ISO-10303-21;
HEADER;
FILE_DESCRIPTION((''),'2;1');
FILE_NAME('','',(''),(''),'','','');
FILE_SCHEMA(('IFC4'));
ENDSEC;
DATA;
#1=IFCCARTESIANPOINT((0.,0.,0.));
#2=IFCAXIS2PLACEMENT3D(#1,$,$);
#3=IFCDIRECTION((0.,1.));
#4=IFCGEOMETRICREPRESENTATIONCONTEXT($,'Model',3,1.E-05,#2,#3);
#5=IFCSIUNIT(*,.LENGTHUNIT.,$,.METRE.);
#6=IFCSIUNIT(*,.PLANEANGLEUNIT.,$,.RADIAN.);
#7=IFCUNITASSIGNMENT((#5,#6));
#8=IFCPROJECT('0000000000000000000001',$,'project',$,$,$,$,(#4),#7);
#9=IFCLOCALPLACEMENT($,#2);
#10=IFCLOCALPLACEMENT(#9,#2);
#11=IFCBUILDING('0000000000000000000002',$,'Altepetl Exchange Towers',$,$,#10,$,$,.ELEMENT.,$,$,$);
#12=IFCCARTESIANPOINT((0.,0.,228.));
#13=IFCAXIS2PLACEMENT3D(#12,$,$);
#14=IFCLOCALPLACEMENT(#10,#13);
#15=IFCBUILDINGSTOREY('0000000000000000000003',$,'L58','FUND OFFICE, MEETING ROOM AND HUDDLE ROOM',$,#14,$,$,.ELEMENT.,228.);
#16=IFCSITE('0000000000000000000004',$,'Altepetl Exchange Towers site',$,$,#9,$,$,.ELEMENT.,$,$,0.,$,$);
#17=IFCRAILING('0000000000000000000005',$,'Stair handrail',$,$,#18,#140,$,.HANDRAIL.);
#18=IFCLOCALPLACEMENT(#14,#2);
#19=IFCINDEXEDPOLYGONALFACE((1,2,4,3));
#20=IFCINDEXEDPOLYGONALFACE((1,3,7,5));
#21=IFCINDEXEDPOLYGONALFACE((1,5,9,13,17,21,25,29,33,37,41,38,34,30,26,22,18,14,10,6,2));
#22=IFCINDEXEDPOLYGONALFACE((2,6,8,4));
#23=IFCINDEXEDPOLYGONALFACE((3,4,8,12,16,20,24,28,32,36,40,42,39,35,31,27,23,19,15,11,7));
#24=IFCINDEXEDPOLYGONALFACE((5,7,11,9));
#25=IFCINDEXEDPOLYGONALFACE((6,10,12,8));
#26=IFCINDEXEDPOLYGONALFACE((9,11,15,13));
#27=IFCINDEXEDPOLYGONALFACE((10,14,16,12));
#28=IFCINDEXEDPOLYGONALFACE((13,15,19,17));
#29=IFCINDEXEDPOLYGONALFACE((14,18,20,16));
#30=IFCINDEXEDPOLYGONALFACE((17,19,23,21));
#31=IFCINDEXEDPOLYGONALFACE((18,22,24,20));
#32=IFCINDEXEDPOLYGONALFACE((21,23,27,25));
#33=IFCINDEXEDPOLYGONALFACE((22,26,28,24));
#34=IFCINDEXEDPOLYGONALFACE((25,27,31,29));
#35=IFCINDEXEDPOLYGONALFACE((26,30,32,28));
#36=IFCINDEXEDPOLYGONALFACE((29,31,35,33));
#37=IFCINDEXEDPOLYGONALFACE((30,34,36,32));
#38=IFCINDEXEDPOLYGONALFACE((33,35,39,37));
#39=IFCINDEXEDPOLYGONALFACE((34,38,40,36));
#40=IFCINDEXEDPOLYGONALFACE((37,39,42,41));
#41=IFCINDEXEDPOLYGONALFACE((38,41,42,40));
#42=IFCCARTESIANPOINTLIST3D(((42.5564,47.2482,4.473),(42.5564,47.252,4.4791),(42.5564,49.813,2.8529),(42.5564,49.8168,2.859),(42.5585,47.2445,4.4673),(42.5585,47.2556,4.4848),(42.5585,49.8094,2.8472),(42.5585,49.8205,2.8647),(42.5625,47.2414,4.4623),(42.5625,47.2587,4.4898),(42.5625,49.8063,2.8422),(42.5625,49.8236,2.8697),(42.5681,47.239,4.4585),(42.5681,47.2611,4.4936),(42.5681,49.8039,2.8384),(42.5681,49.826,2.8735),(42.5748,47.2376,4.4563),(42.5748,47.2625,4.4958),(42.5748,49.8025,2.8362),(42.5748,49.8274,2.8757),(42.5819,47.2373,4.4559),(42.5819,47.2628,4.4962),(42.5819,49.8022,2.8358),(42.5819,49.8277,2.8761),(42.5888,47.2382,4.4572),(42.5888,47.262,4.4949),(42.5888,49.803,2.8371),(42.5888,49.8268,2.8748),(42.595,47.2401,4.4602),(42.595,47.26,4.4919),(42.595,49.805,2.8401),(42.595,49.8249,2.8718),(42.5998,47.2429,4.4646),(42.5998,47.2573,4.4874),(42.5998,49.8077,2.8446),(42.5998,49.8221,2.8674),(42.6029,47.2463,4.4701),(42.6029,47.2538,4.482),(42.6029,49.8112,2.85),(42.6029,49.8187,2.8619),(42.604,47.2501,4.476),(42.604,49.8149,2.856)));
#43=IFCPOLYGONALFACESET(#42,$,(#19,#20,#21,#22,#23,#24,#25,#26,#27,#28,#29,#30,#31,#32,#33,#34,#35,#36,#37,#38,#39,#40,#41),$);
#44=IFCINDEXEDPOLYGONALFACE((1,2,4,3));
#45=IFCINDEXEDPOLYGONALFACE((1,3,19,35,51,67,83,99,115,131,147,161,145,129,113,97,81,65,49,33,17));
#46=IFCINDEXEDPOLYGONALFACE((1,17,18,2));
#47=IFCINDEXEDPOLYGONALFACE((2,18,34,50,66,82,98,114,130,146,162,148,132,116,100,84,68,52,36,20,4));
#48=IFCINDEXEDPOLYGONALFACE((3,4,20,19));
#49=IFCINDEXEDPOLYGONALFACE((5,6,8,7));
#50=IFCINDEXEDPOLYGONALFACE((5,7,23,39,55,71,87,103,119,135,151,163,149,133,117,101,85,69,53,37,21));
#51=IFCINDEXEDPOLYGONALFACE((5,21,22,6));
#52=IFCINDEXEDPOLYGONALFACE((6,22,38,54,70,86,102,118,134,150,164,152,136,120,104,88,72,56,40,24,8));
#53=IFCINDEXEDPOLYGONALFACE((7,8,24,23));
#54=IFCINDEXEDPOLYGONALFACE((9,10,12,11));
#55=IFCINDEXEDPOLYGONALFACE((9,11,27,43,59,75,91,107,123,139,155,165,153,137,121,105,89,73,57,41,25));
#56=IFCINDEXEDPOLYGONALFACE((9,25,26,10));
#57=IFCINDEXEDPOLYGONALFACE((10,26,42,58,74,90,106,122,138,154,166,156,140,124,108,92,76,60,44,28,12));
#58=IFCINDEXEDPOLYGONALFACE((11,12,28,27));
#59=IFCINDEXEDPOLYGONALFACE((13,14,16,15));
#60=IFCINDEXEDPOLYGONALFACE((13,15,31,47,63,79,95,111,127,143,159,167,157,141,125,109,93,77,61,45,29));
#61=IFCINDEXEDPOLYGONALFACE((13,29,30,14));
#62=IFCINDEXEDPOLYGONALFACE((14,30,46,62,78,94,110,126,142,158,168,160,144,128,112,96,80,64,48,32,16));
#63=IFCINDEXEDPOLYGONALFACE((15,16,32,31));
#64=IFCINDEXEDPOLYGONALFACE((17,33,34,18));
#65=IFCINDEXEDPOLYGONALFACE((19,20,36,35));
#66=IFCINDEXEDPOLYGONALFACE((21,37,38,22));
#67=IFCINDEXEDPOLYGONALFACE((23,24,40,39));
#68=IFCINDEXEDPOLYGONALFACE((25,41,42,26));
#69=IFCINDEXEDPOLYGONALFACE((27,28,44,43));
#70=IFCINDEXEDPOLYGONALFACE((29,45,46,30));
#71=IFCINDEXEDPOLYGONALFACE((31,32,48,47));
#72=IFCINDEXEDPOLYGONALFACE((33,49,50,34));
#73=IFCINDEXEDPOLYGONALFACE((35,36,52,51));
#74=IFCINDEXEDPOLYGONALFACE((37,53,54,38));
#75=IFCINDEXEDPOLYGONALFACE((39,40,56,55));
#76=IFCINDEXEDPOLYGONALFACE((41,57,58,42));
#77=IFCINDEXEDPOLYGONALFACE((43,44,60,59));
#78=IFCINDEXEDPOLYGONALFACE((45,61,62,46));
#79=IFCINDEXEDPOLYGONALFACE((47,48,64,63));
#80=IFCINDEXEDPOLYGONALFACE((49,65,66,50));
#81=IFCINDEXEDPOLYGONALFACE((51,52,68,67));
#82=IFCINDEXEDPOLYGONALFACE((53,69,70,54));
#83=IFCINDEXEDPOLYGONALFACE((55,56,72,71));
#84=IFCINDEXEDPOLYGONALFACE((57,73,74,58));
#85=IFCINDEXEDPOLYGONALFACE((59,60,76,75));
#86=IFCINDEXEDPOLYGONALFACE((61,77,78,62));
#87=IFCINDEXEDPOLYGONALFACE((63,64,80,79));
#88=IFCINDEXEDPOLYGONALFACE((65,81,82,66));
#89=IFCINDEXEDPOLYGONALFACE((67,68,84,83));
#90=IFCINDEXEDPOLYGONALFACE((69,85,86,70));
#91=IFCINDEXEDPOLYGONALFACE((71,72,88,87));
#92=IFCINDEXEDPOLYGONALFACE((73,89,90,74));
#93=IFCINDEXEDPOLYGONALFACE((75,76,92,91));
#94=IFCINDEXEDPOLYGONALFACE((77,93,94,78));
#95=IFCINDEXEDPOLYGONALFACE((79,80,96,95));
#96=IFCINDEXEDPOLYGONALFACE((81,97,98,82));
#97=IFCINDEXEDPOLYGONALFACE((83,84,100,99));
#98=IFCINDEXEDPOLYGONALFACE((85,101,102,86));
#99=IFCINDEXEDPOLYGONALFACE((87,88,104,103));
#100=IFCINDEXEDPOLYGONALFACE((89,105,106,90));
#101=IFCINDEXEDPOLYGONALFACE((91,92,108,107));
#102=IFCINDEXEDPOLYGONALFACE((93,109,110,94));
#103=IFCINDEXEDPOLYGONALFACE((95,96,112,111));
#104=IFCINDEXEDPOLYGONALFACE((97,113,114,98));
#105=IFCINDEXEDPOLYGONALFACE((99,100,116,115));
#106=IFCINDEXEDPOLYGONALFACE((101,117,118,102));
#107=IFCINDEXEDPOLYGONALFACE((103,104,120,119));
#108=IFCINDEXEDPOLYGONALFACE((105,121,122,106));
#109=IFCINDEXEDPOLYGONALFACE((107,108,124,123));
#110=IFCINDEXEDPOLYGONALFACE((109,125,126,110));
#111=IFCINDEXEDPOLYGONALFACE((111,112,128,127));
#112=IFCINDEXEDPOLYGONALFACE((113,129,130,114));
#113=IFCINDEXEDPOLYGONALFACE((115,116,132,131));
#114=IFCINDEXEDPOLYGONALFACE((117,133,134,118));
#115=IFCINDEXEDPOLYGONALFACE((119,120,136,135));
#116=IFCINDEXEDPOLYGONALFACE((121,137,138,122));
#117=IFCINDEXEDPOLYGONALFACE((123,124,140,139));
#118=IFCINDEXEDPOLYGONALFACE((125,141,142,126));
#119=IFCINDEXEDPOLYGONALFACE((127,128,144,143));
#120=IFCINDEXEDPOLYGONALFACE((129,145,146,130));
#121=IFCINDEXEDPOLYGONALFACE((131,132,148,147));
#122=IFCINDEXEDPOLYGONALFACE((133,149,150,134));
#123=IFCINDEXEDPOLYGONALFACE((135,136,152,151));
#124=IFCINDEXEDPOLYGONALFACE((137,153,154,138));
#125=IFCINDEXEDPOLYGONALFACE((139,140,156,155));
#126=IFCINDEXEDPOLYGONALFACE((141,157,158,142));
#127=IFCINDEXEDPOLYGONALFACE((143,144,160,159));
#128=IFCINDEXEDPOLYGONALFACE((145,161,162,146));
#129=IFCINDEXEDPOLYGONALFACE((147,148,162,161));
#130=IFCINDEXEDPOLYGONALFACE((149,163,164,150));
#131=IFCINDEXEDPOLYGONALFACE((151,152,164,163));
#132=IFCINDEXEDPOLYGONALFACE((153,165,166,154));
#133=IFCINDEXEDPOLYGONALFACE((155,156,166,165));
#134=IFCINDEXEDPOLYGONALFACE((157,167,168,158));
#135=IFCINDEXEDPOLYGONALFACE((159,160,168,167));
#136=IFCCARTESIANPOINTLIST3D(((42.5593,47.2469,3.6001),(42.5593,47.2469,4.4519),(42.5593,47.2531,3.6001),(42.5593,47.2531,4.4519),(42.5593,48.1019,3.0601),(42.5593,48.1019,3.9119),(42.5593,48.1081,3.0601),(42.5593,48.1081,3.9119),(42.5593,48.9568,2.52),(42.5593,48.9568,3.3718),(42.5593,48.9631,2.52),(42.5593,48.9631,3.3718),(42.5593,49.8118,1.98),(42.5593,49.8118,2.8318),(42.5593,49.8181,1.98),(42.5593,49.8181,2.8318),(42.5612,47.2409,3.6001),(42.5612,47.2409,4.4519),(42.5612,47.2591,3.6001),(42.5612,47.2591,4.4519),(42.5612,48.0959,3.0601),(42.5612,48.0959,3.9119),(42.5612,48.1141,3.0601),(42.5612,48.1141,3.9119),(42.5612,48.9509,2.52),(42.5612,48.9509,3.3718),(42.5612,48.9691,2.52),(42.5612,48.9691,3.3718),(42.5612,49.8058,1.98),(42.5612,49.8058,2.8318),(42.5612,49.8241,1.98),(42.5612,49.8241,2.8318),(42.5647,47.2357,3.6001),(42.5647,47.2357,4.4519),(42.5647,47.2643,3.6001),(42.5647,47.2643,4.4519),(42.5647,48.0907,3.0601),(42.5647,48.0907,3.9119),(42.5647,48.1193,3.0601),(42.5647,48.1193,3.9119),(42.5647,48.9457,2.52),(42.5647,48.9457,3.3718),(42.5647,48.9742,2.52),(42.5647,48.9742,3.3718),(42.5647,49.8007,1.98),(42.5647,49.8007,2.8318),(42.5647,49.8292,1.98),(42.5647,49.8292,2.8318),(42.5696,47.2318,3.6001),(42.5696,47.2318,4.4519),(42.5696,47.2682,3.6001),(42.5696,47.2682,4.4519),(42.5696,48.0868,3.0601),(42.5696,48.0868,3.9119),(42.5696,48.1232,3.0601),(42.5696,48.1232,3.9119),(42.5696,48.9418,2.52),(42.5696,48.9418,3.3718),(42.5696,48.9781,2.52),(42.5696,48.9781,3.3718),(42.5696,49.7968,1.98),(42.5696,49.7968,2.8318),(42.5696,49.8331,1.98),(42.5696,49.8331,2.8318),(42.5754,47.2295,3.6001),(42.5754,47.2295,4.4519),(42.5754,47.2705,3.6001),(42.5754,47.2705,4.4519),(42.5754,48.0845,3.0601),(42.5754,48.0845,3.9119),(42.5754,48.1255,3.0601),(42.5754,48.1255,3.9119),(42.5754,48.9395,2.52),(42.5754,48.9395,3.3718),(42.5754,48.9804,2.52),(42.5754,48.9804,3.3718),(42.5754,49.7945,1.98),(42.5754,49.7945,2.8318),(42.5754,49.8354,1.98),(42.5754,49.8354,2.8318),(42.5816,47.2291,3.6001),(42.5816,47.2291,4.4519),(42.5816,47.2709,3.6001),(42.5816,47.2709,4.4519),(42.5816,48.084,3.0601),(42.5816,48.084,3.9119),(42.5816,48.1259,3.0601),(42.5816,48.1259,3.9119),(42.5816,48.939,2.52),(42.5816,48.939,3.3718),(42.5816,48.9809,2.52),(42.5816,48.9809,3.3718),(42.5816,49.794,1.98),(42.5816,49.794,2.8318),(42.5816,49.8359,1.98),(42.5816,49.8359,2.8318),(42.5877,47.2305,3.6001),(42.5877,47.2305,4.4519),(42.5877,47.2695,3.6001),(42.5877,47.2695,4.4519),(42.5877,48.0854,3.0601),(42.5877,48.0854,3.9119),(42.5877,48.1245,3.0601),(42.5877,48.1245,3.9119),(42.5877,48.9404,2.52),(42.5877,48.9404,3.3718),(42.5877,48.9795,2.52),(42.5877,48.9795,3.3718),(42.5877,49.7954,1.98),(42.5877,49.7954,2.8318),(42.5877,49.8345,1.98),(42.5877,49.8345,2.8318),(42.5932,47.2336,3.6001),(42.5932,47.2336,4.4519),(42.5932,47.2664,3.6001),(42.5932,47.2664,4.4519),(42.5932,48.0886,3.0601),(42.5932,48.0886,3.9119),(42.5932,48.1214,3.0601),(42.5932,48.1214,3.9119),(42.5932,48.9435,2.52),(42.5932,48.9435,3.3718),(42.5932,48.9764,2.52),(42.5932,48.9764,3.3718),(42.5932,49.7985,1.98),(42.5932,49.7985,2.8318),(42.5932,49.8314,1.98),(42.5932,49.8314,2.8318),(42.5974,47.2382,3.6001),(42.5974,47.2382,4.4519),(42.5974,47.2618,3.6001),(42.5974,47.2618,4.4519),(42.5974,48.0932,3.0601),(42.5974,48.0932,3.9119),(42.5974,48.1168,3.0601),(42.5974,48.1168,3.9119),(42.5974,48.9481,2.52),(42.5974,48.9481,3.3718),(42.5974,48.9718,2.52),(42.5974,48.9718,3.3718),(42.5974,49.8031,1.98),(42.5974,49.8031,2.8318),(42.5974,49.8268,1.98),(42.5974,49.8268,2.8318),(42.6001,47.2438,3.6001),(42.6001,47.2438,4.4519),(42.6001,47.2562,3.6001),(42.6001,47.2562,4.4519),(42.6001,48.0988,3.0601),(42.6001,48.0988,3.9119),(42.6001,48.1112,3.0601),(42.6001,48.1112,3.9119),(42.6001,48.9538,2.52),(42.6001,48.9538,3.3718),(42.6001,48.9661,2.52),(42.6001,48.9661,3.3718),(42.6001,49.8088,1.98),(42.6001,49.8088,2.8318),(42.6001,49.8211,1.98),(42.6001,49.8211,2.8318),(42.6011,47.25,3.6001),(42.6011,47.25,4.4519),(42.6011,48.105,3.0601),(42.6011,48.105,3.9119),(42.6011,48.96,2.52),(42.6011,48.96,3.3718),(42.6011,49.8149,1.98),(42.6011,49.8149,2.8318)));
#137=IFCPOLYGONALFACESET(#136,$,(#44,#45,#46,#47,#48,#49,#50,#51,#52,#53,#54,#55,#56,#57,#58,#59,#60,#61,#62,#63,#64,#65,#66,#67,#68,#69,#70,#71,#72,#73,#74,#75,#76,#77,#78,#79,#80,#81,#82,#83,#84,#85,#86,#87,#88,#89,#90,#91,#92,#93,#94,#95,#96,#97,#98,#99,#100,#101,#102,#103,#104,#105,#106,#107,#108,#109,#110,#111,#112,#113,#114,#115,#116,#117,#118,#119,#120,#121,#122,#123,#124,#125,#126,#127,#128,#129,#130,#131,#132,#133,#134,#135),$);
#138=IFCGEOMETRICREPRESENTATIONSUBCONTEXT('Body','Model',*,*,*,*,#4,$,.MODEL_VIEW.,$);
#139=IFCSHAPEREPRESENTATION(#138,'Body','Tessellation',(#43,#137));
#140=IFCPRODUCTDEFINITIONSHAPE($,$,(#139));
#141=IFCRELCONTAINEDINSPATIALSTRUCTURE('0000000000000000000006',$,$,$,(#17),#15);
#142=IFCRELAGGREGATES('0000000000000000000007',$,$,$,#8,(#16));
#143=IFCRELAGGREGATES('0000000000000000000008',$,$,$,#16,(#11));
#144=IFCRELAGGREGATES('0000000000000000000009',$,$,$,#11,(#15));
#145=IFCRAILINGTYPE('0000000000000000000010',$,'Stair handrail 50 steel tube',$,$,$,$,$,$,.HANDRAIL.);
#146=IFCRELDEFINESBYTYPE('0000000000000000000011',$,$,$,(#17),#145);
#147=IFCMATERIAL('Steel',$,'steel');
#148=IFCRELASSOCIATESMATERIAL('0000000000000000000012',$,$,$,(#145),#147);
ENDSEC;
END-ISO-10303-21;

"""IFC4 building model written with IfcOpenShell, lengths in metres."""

from ifc_helpers import new_model, si_unit, direction, frame, origin, origin_2d, place, context, subcontext, project, spatial, circle, extrude, source, transform, mapped, material, type_object, element, save


model = new_model("IFC4")

# Units and contexts
model_context = context("Model", 3, precision=1e-05, world=origin(), true_north=direction((0.0, 1.0)))
body_context = subcontext(model_context, "Body", "Model", "MODEL_VIEW")
ifc_project = project(units=[si_unit("LENGTHUNIT", "METRE"), si_unit("PLANEANGLEUNIT", "RADIAN")], contexts=[model_context])

# Site, building, storey
site_placement = place(None, origin())
site = spatial("IfcSite", under=ifc_project, at=site_placement, Name="Altepetl Exchange Towers site", CompositionType="ELEMENT", RefElevation=0.0)
building_placement = place(site_placement, origin())
building = spatial("IfcBuilding", under=site, at=building_placement, Name="Altepetl Exchange Towers", CompositionType="ELEMENT")
storey_placement = place(building_placement, frame((0.0, 0.0, 228.0)))
storey = spatial("IfcBuildingStorey", under=building, at=storey_placement, Name="L58", Description="FUND OFFICE, MEETING ROOM AND HUDDLE ROOM", CompositionType="ELEMENT", Elevation=228.0)

# Railing
ifc_material_1 = material(Name="Steel", Category="steel")
railing_type = type_object("IfcRailingType", Name="Stair handrail 50 steel tube", PredefinedType="HANDRAIL", material=ifc_material_1)
shared_shape = source(origin(), body_context, "Body", "SweptSolid", [
    extrude(circle(Radius=0.021, at=origin_2d()), origin(), (0.0, 0.0, 1.0), 0.8518),
])
railing_1_placement = place(storey_placement, frame((42.5801, 49.8149, 1.98)))
element("IfcRailing", 1, at=railing_1_placement, inside=storey, type_object=railing_type, Name="Stair handrail", PredefinedType="HANDRAIL", context=body_context, shape_type="SweptSolid", body=[
    extrude(circle(Radius=0.0239, at=origin_2d()), frame((0.0, 0.0, 0.876), z_axis=(0.0, -0.845466, 0.534029), x_axis=(1.0, 0.0, 0.0)), (0.0, 0.0, 1.0), 3.0337),
    mapped(shared_shape, transform((0.0, 0.0, 0.0))),
    mapped(shared_shape, transform((0.0, -0.855, 0.54))),
    mapped(shared_shape, transform((0.0, -1.71, 1.0801))),
    mapped(shared_shape, transform((0.0, -2.5649, 1.6201))),
])

save(model, "model.ifc")
